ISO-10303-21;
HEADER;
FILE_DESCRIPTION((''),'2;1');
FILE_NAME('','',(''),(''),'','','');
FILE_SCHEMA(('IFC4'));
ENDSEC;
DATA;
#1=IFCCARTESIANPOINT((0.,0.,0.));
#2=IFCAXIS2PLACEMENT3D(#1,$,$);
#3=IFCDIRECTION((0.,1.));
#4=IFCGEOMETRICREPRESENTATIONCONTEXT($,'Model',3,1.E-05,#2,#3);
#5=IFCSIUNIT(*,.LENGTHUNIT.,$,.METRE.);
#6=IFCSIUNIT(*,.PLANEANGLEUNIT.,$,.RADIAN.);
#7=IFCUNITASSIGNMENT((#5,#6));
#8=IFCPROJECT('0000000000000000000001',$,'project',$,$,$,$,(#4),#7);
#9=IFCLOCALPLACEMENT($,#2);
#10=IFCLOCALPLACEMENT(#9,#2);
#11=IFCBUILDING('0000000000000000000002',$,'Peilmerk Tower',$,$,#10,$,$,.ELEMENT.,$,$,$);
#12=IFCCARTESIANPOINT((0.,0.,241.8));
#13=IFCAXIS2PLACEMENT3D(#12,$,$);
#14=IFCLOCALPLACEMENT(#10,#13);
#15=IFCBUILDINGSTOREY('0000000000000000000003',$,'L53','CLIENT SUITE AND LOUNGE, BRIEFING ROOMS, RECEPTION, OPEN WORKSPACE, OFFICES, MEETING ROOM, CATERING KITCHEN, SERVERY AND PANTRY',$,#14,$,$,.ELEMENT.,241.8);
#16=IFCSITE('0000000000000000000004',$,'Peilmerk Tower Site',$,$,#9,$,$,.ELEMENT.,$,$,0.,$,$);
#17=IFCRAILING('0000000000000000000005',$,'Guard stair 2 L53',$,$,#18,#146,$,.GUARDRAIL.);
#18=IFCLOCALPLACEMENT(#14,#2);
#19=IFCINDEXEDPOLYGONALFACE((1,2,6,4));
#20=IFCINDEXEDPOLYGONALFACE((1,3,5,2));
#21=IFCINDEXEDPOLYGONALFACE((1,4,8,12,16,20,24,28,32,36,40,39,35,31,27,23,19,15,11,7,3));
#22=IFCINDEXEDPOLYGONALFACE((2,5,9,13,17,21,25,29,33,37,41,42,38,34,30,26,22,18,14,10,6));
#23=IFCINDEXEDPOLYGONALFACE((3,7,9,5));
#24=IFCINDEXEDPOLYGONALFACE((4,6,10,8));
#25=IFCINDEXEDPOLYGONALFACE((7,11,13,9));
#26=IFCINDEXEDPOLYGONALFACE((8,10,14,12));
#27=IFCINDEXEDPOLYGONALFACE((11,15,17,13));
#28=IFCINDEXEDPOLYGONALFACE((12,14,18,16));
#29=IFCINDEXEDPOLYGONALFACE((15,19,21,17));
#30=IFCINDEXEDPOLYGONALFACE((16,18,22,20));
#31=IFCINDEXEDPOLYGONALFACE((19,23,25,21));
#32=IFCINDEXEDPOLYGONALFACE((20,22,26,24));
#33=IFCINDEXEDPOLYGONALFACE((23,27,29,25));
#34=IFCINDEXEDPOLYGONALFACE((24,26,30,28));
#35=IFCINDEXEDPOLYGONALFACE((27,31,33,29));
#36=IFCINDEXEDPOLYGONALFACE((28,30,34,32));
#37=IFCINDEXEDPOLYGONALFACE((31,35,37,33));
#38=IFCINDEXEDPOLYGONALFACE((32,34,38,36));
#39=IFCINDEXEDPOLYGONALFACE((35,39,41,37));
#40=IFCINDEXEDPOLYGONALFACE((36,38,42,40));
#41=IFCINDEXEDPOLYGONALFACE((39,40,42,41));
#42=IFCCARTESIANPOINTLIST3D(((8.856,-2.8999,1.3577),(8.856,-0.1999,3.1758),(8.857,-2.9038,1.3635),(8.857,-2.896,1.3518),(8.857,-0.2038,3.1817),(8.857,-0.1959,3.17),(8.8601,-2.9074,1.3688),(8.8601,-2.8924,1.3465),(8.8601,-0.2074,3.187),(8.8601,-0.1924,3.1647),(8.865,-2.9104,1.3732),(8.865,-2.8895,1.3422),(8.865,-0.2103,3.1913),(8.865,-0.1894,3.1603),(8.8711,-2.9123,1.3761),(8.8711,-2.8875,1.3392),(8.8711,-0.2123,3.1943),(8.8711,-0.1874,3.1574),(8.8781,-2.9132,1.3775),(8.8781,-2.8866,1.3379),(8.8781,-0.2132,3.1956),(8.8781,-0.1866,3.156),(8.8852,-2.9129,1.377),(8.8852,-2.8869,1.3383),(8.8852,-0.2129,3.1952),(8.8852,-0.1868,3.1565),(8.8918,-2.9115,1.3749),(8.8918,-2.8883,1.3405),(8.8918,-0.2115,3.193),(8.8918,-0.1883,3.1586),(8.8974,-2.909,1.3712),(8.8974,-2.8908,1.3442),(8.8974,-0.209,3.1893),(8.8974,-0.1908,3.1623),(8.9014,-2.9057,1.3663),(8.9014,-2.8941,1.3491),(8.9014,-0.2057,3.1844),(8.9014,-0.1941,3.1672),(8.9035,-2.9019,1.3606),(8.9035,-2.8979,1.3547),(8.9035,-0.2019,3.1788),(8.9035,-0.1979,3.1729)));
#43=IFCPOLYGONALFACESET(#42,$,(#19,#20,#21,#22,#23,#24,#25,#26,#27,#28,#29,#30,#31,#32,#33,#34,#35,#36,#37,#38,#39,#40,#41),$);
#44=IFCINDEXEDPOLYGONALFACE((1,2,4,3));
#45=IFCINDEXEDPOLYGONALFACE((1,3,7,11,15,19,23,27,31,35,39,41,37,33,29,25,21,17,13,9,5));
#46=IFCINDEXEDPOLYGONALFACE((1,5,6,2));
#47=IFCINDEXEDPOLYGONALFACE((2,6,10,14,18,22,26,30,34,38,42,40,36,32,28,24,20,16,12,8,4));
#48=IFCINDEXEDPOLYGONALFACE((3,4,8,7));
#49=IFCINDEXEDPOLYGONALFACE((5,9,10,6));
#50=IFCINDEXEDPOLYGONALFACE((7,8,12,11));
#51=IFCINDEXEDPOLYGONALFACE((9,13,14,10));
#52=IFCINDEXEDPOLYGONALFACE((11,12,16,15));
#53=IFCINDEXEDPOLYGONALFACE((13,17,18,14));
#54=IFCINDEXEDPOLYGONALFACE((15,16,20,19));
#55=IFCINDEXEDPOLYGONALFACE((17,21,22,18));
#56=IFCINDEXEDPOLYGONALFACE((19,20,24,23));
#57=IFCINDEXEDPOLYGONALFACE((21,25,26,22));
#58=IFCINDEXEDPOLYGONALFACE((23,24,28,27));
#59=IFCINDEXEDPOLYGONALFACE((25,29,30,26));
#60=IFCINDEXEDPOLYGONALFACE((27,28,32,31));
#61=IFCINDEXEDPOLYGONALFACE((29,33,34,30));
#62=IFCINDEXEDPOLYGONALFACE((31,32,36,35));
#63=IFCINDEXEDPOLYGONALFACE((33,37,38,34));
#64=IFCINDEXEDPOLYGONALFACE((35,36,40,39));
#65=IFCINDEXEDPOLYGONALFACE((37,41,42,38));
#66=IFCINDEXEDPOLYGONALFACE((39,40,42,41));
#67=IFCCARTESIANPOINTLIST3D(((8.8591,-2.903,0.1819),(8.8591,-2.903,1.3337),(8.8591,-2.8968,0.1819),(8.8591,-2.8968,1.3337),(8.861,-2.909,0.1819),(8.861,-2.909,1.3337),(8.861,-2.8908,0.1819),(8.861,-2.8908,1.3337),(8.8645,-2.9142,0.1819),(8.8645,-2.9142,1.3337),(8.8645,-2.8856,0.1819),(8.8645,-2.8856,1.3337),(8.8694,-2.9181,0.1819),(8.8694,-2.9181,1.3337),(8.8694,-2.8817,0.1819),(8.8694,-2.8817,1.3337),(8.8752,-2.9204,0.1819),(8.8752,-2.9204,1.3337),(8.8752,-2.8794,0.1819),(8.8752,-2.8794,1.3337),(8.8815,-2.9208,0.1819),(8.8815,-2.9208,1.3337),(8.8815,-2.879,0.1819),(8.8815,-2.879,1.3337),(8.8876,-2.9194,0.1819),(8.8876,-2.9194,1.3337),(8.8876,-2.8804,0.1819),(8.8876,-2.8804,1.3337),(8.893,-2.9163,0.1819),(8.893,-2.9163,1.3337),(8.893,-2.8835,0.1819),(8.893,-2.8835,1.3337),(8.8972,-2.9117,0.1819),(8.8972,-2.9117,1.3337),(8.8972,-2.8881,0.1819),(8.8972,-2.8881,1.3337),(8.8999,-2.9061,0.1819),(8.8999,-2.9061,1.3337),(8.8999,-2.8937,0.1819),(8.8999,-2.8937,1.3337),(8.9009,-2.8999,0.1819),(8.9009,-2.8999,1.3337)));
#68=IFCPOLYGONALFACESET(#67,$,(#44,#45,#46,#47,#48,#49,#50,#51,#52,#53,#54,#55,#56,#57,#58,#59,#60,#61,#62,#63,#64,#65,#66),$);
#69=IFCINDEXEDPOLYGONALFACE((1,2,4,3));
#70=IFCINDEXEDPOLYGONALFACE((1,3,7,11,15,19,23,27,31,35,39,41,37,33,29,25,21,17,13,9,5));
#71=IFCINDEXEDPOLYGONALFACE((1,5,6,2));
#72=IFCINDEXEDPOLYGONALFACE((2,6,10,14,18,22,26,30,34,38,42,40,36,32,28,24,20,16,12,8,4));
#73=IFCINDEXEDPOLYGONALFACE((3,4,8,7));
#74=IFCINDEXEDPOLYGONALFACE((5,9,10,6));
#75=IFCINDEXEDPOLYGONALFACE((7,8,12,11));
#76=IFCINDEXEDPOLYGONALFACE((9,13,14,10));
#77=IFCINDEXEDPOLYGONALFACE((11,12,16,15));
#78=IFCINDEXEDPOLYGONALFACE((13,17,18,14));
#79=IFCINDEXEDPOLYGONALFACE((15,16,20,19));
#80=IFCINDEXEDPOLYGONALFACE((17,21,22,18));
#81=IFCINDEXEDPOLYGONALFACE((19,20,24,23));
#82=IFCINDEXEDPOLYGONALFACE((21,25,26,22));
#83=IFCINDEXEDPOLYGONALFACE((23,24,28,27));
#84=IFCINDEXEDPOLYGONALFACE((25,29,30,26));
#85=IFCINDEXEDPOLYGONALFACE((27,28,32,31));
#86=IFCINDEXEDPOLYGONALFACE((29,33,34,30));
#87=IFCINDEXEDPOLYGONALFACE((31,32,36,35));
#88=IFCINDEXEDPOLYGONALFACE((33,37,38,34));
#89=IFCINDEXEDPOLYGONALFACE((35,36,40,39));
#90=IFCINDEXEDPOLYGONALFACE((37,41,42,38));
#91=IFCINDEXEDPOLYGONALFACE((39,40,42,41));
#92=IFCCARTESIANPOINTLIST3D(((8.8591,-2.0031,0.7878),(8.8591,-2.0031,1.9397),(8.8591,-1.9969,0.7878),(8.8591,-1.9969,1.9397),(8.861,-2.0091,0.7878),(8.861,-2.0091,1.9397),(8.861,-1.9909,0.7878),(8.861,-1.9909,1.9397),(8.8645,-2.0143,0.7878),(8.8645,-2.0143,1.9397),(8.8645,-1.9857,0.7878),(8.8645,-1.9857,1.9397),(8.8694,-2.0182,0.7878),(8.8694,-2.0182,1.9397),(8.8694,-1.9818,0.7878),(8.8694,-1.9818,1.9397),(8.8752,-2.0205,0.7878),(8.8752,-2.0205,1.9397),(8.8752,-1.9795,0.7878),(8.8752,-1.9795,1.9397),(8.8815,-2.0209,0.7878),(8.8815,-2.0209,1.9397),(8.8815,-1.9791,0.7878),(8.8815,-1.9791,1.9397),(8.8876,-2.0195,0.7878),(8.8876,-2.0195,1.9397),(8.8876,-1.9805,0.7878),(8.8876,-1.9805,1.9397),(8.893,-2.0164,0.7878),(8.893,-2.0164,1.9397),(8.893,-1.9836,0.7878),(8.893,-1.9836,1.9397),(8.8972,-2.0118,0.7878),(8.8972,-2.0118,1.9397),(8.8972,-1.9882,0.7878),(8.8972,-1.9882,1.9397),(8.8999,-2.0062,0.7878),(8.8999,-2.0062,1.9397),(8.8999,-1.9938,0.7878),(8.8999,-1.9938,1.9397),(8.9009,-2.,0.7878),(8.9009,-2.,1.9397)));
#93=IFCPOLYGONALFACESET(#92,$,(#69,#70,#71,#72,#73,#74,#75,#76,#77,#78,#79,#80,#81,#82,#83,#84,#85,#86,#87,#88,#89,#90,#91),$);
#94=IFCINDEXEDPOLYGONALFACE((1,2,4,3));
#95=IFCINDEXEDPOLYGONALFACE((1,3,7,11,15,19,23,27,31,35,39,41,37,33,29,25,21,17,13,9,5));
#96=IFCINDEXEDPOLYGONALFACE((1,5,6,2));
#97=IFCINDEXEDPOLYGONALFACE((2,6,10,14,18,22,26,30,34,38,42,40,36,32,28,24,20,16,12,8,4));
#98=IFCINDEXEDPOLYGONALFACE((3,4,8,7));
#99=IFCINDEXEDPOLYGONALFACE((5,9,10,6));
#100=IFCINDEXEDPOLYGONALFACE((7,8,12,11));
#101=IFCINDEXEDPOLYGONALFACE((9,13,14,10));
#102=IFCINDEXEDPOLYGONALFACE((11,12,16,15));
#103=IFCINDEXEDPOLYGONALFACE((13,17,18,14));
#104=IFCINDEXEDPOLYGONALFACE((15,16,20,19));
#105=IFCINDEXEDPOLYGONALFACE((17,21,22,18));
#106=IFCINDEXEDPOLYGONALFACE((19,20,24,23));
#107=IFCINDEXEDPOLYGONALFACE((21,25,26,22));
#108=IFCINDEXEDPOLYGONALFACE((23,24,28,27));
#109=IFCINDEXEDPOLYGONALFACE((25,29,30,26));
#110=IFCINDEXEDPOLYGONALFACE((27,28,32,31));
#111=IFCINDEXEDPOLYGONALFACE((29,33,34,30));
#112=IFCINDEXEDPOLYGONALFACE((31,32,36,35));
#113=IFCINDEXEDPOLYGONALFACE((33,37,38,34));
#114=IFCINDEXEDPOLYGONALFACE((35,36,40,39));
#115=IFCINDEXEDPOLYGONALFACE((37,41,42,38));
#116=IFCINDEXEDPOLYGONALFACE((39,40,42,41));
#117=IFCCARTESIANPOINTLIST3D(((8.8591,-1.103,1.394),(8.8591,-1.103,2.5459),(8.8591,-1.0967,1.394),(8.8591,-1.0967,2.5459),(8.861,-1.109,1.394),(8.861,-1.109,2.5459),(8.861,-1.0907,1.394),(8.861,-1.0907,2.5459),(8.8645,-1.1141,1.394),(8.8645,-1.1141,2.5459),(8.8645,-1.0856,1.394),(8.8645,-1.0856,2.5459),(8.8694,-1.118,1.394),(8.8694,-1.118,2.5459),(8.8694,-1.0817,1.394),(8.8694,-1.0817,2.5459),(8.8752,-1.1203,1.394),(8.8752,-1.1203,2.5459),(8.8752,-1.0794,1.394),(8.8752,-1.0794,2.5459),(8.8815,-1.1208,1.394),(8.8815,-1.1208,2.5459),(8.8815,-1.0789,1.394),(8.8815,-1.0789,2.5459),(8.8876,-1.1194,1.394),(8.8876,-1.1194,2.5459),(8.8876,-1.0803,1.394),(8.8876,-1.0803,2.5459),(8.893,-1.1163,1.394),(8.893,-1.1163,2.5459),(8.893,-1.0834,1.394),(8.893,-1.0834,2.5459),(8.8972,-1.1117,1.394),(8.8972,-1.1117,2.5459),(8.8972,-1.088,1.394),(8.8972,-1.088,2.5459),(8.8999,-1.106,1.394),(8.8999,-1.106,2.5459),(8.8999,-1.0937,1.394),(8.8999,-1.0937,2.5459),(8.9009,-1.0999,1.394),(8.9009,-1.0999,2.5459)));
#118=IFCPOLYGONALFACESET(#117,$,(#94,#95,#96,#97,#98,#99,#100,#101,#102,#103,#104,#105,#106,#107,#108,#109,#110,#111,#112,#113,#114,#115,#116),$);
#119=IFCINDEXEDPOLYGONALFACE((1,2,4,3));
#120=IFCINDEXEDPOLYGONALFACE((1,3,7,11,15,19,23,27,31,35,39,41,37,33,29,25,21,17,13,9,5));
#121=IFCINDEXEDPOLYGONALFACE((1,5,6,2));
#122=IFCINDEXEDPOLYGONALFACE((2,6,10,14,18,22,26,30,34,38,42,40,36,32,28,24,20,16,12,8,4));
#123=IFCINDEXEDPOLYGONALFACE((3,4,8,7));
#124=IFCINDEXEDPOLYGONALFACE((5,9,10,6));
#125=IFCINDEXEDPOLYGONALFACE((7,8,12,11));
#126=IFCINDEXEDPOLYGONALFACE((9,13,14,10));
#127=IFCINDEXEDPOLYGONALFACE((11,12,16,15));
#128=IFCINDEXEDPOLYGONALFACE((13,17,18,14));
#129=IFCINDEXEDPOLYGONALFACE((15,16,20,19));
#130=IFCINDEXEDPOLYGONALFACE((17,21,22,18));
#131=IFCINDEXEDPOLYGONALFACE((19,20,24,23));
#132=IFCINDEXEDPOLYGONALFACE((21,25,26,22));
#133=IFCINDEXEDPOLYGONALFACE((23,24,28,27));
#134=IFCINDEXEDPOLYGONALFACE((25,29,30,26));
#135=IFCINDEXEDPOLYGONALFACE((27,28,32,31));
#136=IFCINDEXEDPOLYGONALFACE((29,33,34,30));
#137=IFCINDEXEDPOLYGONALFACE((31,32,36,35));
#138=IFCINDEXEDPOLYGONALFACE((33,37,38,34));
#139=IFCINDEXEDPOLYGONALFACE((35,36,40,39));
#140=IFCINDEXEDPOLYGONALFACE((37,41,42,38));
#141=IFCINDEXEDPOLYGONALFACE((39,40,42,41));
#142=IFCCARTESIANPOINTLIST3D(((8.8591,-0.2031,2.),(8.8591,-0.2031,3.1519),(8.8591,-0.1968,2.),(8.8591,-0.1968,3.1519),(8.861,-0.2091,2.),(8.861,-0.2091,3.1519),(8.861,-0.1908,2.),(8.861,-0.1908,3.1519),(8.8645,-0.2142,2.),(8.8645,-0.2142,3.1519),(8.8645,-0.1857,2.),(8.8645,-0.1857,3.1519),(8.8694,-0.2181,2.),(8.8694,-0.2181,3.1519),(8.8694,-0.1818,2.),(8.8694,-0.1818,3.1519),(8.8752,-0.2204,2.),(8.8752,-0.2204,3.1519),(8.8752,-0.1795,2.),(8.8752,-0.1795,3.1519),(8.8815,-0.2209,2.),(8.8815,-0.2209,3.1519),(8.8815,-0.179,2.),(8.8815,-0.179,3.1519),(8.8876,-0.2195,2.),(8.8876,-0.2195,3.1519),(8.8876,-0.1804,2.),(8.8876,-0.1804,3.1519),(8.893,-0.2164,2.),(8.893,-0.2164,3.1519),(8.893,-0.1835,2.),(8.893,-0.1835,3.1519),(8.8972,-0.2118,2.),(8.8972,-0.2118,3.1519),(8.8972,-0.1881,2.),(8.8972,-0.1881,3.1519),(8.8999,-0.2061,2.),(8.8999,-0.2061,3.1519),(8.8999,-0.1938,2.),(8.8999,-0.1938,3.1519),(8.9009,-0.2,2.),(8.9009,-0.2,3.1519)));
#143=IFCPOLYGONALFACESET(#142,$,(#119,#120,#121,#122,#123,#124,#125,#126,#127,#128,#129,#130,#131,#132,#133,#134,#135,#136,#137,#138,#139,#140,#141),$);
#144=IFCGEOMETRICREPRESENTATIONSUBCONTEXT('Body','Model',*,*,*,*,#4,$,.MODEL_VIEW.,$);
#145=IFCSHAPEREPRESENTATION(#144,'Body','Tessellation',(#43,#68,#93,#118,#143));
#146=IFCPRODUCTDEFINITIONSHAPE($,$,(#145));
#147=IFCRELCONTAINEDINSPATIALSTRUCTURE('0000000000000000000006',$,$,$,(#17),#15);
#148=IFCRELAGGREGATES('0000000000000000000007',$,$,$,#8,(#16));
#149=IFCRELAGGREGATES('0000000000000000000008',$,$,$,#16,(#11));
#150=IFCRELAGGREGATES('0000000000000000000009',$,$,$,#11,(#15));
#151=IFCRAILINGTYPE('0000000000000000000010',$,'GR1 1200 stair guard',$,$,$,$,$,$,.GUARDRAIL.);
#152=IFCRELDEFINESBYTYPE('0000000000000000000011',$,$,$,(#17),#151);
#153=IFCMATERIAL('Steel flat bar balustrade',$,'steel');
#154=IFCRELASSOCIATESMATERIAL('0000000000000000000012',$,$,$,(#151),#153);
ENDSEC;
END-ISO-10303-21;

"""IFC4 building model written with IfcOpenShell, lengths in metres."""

from ifc_helpers import new_model, si_unit, direction, frame, origin, origin_2d, place, context, subcontext, project, spatial, circle, extrude, material, type_object, element, save


model = new_model("IFC4")

# Units and contexts
model_context = context("Model", 3, precision=1e-05, world=origin(), true_north=direction((0.0, 1.0)))
body_context = subcontext(model_context, "Body", "Model", "MODEL_VIEW")
ifc_project = project(units=[si_unit("LENGTHUNIT", "METRE"), si_unit("PLANEANGLEUNIT", "RADIAN")], contexts=[model_context])

# Site, building, storey
site_placement = place(None, origin())
site = spatial("IfcSite", under=ifc_project, at=site_placement, Name="Peilmerk Tower Site", CompositionType="ELEMENT", RefElevation=0.0)
building_placement = place(site_placement, origin())
building = spatial("IfcBuilding", under=site, at=building_placement, Name="Peilmerk Tower", CompositionType="ELEMENT")
storey_placement = place(building_placement, frame((0.0, 0.0, 241.8)))
storey = spatial("IfcBuildingStorey", under=building, at=storey_placement, Name="L53", Description="CLIENT SUITE AND LOUNGE, BRIEFING ROOMS, RECEPTION, OPEN WORKSPACE, OFFICES, MEETING ROOM, CATERING KITCHEN, SERVERY AND PANTRY", CompositionType="ELEMENT", Elevation=241.8)

# Railing
ifc_material_1 = material(Name="Steel flat bar balustrade", Category="steel")
railing_type_1 = type_object("IfcRailingType", Name="GR1 1200 stair guard", PredefinedType="GUARDRAIL", material=ifc_material_1)
railing_1_placement = place(storey_placement, frame((8.8799, -2.8999, 0.1819)))
element("IfcRailing", 1, at=railing_1_placement, inside=storey, type_object=railing_type_1, Name="Guard stair 2 L53", PredefinedType="GUARDRAIL", context=body_context, shape_type="SweptSolid", body=[
    extrude(circle(Radius=0.0239, at=origin_2d()), frame((0.0, 0.0, 1.1758), z_axis=(0.0, 0.829468, 0.558554), x_axis=(-1.0, 0.0, 0.0)), (0.0, 0.0, 1.0), 3.2551),
    extrude(circle(Radius=0.021, at=origin_2d()), origin(), (0.0, 0.0, 1.0), 1.1519),
    extrude(circle(Radius=0.021, at=origin_2d()), frame((0.0, 0.8999, 0.606)), (0.0, 0.0, 1.0), 1.1519),
    extrude(circle(Radius=0.021, at=origin_2d()), frame((0.0, 1.8, 1.2122)), (0.0, 0.0, 1.0), 1.1519),
    extrude(circle(Radius=0.021, at=origin_2d()), frame((0.0, 2.7, 1.8181)), (0.0, 0.0, 1.0), 1.1519),
])

save(model, "model.ifc")
